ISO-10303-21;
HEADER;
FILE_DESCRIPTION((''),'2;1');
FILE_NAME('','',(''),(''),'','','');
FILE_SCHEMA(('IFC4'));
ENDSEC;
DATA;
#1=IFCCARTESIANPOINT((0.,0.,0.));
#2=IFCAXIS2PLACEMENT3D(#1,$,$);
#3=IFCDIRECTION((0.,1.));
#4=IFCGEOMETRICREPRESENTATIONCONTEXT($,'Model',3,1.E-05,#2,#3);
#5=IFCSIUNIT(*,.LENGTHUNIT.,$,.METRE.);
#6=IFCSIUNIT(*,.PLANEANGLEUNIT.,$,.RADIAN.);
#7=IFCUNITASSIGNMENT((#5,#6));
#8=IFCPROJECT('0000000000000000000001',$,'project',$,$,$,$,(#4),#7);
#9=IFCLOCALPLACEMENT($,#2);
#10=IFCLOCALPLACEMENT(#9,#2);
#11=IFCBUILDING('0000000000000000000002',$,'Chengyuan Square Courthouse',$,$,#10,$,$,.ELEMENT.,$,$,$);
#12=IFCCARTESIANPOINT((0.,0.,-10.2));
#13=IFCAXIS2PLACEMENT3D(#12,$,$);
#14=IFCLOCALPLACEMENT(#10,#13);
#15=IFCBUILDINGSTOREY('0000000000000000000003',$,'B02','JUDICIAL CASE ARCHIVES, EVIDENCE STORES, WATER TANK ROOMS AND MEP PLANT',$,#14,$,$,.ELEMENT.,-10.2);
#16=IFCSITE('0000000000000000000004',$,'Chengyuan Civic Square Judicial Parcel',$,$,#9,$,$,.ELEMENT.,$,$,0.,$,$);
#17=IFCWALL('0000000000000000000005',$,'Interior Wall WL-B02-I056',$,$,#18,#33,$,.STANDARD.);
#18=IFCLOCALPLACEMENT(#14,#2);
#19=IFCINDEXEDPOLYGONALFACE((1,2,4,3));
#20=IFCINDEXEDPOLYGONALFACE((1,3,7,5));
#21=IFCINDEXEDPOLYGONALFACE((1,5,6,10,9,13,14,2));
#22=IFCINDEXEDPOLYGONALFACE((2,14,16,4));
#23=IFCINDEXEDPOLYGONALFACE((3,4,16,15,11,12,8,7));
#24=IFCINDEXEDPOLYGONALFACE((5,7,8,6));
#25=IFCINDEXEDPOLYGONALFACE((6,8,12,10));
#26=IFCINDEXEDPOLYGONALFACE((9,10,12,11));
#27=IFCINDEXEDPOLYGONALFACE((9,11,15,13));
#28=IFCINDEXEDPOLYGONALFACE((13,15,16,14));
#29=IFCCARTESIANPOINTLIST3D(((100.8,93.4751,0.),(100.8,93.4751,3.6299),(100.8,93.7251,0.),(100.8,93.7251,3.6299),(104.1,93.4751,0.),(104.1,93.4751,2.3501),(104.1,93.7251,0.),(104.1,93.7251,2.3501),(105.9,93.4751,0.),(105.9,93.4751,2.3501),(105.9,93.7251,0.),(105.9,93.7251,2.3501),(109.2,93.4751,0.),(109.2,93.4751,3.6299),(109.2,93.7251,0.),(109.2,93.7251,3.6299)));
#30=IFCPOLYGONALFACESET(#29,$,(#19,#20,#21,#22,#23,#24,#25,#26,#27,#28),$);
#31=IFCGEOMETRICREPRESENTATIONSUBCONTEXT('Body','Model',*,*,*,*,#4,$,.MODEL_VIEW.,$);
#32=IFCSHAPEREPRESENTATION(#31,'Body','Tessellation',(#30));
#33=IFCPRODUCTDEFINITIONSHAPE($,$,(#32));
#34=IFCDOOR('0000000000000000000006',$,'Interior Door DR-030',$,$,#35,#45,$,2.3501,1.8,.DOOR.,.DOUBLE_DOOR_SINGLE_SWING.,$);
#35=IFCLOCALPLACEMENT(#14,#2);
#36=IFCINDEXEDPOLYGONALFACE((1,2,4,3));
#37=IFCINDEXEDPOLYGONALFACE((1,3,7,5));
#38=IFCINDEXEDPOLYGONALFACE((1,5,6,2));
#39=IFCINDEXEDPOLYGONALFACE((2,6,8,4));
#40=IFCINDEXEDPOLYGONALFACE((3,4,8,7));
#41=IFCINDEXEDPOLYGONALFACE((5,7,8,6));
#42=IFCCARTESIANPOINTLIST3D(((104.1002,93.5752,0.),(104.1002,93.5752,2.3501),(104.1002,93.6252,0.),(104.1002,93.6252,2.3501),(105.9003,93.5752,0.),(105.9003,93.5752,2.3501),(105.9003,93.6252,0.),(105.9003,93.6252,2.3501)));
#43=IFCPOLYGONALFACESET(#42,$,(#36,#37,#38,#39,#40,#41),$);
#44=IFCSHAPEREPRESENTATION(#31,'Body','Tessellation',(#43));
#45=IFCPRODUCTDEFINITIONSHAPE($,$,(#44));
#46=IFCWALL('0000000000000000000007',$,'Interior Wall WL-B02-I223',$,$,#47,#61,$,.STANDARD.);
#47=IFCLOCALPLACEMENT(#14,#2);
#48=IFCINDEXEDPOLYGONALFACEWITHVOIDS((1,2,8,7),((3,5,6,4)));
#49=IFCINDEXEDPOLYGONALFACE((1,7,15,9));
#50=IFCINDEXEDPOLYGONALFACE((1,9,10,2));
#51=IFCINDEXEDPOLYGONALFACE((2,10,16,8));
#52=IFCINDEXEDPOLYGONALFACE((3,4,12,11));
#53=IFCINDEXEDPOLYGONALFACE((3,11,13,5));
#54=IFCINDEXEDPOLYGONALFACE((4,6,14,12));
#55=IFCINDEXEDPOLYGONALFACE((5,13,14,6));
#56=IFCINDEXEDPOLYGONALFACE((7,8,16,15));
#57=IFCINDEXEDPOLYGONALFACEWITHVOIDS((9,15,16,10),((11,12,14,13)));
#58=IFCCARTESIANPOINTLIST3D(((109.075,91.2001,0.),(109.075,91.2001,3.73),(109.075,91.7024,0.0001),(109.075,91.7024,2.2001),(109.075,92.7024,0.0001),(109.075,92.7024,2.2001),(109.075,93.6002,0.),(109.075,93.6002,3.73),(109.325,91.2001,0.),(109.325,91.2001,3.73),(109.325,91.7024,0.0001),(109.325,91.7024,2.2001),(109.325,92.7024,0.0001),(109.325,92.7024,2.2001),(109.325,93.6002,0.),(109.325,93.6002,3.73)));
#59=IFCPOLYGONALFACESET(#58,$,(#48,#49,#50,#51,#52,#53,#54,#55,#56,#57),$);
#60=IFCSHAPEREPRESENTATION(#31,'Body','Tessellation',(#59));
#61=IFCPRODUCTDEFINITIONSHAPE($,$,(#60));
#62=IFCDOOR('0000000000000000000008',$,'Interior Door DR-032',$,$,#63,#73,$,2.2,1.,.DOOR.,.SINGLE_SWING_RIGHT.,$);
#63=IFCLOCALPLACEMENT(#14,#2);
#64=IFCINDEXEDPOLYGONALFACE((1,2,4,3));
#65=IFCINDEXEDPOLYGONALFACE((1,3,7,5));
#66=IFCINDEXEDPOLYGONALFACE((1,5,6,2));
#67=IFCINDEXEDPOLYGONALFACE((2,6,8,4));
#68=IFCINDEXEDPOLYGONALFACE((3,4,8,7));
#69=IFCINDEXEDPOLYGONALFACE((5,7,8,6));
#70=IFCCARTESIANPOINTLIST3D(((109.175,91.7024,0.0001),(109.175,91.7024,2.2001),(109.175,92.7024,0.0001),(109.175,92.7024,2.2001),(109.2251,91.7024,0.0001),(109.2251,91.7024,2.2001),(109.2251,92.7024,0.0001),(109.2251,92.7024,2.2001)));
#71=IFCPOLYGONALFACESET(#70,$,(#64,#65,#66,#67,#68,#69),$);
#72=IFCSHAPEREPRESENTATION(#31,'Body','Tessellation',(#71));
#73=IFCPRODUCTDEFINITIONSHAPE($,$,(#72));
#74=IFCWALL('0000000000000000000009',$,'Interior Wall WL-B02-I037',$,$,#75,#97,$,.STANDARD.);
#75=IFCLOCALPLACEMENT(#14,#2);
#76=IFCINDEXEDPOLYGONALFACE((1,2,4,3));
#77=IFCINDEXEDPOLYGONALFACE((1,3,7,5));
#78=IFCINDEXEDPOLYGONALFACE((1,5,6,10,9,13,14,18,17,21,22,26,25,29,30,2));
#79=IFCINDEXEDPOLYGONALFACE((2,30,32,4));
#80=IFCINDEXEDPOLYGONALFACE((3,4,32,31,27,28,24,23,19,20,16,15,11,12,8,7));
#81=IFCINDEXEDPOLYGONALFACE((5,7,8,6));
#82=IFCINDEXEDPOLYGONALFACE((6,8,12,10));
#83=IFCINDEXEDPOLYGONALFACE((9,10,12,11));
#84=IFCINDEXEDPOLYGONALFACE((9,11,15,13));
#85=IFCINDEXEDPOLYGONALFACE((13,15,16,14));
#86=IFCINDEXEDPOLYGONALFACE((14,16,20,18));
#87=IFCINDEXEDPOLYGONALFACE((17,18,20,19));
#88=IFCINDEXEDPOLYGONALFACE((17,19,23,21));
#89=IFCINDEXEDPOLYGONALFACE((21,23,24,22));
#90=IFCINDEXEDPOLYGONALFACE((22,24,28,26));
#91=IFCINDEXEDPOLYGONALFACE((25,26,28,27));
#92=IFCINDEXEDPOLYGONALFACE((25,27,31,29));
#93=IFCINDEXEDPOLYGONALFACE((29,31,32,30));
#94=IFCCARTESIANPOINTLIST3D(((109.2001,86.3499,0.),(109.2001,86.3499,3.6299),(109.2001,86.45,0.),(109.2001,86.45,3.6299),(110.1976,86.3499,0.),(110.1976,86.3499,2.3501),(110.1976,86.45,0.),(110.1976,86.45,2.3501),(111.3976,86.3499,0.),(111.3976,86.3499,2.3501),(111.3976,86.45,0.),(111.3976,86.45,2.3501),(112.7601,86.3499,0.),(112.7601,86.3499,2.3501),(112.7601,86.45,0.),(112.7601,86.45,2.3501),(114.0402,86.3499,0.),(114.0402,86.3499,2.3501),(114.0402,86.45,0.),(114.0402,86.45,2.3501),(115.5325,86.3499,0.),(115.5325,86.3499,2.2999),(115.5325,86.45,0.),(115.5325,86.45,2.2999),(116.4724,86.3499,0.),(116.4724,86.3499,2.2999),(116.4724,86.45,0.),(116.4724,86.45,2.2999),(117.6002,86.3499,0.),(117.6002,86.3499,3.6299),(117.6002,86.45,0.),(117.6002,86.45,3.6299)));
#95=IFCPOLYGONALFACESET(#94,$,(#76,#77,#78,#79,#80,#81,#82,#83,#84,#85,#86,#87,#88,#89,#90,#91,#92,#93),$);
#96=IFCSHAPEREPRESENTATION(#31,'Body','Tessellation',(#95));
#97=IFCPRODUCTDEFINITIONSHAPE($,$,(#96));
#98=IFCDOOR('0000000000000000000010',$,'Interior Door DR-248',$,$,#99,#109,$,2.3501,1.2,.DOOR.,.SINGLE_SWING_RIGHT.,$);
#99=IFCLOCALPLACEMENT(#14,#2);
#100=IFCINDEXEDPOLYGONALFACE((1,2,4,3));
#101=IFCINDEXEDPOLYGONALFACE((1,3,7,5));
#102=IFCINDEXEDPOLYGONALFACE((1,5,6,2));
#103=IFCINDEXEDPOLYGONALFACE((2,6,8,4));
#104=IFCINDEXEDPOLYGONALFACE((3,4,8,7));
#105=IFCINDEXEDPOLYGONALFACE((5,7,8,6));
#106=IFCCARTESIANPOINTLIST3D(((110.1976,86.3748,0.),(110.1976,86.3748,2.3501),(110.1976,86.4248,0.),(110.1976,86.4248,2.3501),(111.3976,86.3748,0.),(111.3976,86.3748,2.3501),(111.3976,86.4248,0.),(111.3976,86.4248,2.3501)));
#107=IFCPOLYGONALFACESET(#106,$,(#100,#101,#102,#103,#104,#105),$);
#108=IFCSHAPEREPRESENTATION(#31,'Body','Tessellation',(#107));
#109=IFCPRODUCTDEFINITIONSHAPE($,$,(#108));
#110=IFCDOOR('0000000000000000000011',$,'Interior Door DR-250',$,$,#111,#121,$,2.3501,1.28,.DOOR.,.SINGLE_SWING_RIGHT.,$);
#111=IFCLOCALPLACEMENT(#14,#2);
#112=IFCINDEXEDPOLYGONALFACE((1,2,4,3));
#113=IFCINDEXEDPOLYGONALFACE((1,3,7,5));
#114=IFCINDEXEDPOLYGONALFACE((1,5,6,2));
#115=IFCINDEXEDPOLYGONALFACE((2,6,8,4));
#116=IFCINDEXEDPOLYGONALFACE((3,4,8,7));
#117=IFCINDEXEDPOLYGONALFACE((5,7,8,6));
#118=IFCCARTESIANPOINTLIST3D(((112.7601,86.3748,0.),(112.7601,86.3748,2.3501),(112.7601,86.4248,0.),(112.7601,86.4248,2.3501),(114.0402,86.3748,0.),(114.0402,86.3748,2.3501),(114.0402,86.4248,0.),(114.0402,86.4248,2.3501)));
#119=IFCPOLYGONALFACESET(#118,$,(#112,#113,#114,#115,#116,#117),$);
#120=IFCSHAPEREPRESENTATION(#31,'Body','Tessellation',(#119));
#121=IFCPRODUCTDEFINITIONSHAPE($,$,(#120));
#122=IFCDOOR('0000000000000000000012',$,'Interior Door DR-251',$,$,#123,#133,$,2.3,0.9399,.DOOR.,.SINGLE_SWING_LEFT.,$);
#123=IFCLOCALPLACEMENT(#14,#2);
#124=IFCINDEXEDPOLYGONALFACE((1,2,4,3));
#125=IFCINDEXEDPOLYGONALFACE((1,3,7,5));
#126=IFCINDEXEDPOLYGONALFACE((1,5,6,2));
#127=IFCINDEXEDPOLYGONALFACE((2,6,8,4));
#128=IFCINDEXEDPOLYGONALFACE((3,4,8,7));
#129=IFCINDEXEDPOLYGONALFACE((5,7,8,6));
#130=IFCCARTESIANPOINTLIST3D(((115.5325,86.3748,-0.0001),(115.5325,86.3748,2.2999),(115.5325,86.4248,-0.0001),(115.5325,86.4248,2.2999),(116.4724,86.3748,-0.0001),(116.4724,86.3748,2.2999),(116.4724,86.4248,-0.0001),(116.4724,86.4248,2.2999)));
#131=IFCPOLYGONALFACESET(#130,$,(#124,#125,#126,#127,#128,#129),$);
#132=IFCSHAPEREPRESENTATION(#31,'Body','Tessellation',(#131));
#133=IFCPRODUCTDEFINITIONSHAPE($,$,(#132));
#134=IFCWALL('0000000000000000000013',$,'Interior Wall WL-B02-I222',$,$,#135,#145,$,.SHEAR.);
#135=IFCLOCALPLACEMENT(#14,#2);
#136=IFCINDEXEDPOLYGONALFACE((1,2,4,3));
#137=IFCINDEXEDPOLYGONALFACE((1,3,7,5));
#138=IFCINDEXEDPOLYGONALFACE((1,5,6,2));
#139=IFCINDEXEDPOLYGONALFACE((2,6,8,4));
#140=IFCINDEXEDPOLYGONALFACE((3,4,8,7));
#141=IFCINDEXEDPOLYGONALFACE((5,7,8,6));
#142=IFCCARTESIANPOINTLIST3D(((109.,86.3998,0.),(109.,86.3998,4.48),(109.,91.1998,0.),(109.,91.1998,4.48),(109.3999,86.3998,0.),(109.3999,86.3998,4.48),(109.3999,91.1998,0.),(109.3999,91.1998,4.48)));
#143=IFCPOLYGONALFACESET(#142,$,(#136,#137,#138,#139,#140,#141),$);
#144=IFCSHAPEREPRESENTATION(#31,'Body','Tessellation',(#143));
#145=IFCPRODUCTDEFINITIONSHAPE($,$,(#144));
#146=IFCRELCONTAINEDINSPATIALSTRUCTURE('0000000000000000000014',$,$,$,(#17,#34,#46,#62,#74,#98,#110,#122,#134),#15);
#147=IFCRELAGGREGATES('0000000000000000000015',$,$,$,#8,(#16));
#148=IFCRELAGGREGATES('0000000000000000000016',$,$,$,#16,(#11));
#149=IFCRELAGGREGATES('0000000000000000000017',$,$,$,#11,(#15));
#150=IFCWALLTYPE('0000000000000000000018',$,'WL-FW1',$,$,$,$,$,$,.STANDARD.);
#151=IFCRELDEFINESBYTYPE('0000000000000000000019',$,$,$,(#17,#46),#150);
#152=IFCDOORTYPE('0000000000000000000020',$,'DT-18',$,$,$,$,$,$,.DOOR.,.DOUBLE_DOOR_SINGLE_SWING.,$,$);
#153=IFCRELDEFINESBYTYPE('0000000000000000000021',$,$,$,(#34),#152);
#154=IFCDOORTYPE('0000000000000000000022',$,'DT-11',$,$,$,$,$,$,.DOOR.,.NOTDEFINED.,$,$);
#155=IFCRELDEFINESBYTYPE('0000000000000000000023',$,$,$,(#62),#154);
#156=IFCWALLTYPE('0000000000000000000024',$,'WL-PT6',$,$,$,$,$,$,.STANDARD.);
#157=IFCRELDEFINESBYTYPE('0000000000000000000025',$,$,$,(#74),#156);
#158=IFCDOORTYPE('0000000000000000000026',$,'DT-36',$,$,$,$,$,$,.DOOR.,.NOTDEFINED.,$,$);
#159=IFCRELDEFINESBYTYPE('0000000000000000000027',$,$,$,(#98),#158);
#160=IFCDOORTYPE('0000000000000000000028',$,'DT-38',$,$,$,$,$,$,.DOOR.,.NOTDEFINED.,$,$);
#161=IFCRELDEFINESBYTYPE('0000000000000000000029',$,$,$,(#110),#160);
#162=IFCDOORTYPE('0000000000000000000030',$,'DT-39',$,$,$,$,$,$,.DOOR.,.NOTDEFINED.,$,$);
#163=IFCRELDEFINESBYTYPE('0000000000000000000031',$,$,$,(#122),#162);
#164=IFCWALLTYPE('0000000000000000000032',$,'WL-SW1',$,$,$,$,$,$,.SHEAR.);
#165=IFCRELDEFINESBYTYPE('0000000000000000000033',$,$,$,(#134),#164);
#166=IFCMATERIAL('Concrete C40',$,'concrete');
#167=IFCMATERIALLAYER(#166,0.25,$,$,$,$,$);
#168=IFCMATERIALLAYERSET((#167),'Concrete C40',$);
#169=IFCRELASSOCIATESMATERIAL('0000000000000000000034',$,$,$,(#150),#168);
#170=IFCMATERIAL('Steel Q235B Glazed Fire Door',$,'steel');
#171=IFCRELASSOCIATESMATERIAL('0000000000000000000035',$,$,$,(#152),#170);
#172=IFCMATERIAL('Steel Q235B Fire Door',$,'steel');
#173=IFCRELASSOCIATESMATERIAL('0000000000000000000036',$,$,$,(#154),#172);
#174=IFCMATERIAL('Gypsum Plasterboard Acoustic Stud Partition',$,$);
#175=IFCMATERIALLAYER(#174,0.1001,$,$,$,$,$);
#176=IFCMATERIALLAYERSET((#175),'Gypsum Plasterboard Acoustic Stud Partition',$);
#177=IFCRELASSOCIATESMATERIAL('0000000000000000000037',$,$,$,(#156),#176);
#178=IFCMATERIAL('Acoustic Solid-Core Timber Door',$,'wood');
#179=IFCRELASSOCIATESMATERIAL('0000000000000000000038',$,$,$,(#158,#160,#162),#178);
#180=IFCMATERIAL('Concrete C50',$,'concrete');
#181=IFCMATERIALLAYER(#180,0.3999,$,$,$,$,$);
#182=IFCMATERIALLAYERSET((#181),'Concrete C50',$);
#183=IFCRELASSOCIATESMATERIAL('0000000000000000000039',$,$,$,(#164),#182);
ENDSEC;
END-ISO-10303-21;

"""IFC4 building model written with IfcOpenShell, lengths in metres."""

from ifc_helpers import new_model, si_unit, direction, frame, frame_2d, origin, place, context, subcontext, project, spatial, rectangle, extrude, material, layer, layer_set, type_object, element, fill, save


model = new_model("IFC4")

# Units and contexts
model_context = context("Model", 3, precision=1e-05, world=origin(), true_north=direction((0.0, 1.0)))
body_context = subcontext(model_context, "Body", "Model", "MODEL_VIEW")
ifc_project = project(units=[si_unit("LENGTHUNIT", "METRE"), si_unit("PLANEANGLEUNIT", "RADIAN")], contexts=[model_context])

# Site, building, storey
site_placement = place(None, origin())
site = spatial("IfcSite", under=ifc_project, at=site_placement, Name="Chengyuan Civic Square Judicial Parcel", CompositionType="ELEMENT", RefElevation=0.0)
building_placement = place(site_placement, origin())
building = spatial("IfcBuilding", under=site, at=building_placement, Name="Chengyuan Square Courthouse", CompositionType="ELEMENT")
storey_placement = place(building_placement, frame((0.0, 0.0, -10.2)))
storey = spatial("IfcBuildingStorey", under=building, at=storey_placement, Name="B02", Description="JUDICIAL CASE ARCHIVES, EVIDENCE STORES, WATER TANK ROOMS AND MEP PLANT", CompositionType="ELEMENT", Elevation=-10.2)

# Shared definitions
ifc_material_1 = material(Name="Concrete C40", Category="concrete")

# Shared definitions
ifc_material_2 = material(Name="Concrete C50", Category="concrete")

# Walls, openings, doors
ifc_layer_1 = layer(ifc_material_1, 0.25)
ifc_layer_set_1 = layer_set([ifc_layer_1], Name="Concrete C40")
wall_type_1 = type_object("IfcWallType", Name="WL-FW1", PredefinedType="STANDARD", material=ifc_layer_set_1)
wall_1_placement = place(storey_placement, frame((100.8, 93.6001, 0.0), z_axis=(0.0, 0.0, 1.0), x_axis=(1.0, 0.0, 0.0)))
wall_1 = element("IfcWall", 1, at=wall_1_placement, inside=storey, type_object=wall_type_1, Name="Interior Wall WL-B02-I056", PredefinedType="STANDARD", context=body_context, shape_type="SweptSolid", body=[
    extrude(rectangle(XDim=8.3999, YDim=0.25, at=frame_2d((4.2, 0.0))), origin(), (0.0, 0.0, 1.0), 3.6299),
])
opening_1_placement = place(wall_1_placement, frame((3.3, 0.0, 0.0)))
opening_1 = element("IfcOpeningElement", 2, at=opening_1_placement, cuts=wall_1, PredefinedType="OPENING", context=body_context, shape_type="SweptSolid", body=[
    extrude(rectangle(XDim=1.8, YDim=2.3501, at=frame_2d((0.8999, 1.175))), frame((0.0, 0.137, 0.0), z_axis=(0.0, -1.0, 0.0), x_axis=(1.0, 0.0, 0.0)), (0.0, 0.0, 1.0), 0.2739),
])
ifc_material_3 = material(Name="Steel Q235B Glazed Fire Door", Category="steel")
door_type_1 = type_object("IfcDoorType", Name="DT-18", OperationType="DOUBLE_DOOR_SINGLE_SWING", PredefinedType="DOOR", material=ifc_material_3)
door_1_placement = place(opening_1_placement, frame((1.8, 0.0, 0.0), z_axis=(0.0, 0.0, 1.0), x_axis=(-1.0, 0.0, 0.0)))
door_1 = element("IfcDoor", 3, at=door_1_placement, inside=storey, type_object=door_type_1, Name="Interior Door DR-030", OperationType="DOUBLE_DOOR_SINGLE_SWING", OverallHeight=2.3501, OverallWidth=1.8, PredefinedType="DOOR", context=body_context, shape_type="SweptSolid", body=[
    extrude(rectangle(XDim=1.8, YDim=2.3501, at=frame_2d((0.8999, 1.175))), frame((0.0, 0.0249, 0.0), z_axis=(0.0, -1.0, 0.0), x_axis=(1.0, 0.0, 0.0)), (0.0, 0.0, 1.0), 0.05),
])
fill(opening_1, door_1)
wall_2_placement = place(storey_placement, frame((109.2, 91.2, 0.0), z_axis=(0.0, 0.0, 1.0), x_axis=(0.0, 1.0, 0.0)))
wall_2 = element("IfcWall", 4, at=wall_2_placement, inside=storey, type_object=wall_type_1, Name="Interior Wall WL-B02-I223", PredefinedType="STANDARD", context=body_context, shape_type="SweptSolid", body=[
    extrude(rectangle(XDim=2.4001, YDim=0.25, at=frame_2d((1.2002, 0.0))), origin(), (0.0, 0.0, 1.0), 3.73),
])
opening_2_placement = place(wall_2_placement, frame((0.5024, 0.0, 0.0)))
opening_2 = element("IfcOpeningElement", 5, at=opening_2_placement, cuts=wall_2, PredefinedType="OPENING", context=body_context, shape_type="SweptSolid", body=[
    extrude(rectangle(XDim=1.0, YDim=2.2, at=frame_2d((0.5, 1.1001))), frame((0.0, 0.137, 0.0), z_axis=(0.0, -1.0, 0.0), x_axis=(1.0, 0.0, 0.0)), (0.0, 0.0, 1.0), 0.2739),
])
ifc_material_4 = material(Name="Steel Q235B Fire Door", Category="steel")
door_type_2 = type_object("IfcDoorType", Name="DT-11", OperationType="NOTDEFINED", PredefinedType="DOOR", material=ifc_material_4)
door_2_placement = place(opening_2_placement, origin())
door_2 = element("IfcDoor", 6, at=door_2_placement, inside=storey, type_object=door_type_2, Name="Interior Door DR-032", OperationType="SINGLE_SWING_RIGHT", OverallHeight=2.2, OverallWidth=1.0, PredefinedType="DOOR", context=body_context, shape_type="SweptSolid", body=[
    extrude(rectangle(XDim=1.0, YDim=2.2, at=frame_2d((0.5, 1.1001))), frame((0.0, 0.0249, 0.0), z_axis=(0.0, -1.0, 0.0), x_axis=(1.0, 0.0, 0.0)), (0.0, 0.0, 1.0), 0.05),
])
fill(opening_2, door_2)

# Wall, openings, doors
ifc_material_5 = material(Name="Gypsum Plasterboard Acoustic Stud Partition")
ifc_layer_2 = layer(ifc_material_5, 0.1001)
ifc_layer_set_2 = layer_set([ifc_layer_2], Name="Gypsum Plasterboard Acoustic Stud Partition")
wall_type_2 = type_object("IfcWallType", Name="WL-PT6", PredefinedType="STANDARD", material=ifc_layer_set_2)
wall_3_placement = place(storey_placement, frame((109.2, 86.3999, 0.0), z_axis=(0.0, 0.0, 1.0), x_axis=(1.0, 0.0, 0.0)))
wall_3 = element("IfcWall", 7, at=wall_3_placement, inside=storey, type_object=wall_type_2, Name="Interior Wall WL-B02-I037", PredefinedType="STANDARD", context=body_context, shape_type="SweptSolid", body=[
    extrude(rectangle(XDim=8.4001, YDim=0.1001, at=frame_2d((4.2002, 0.0))), origin(), (0.0, 0.0, 1.0), 3.6299),
])
opening_3_placement = place(wall_3_placement, frame((0.9976, 0.0, 0.0)))
opening_3 = element("IfcOpeningElement", 8, at=opening_3_placement, cuts=wall_3, PredefinedType="OPENING", context=body_context, shape_type="SweptSolid", body=[
    extrude(rectangle(XDim=1.2, YDim=2.3501, at=frame_2d((0.6001, 1.175))), frame((0.0, 0.062, 0.0), z_axis=(0.0, -1.0, 0.0), x_axis=(1.0, 0.0, 0.0)), (0.0, 0.0, 1.0), 0.124),
])
opening_4_placement = place(wall_3_placement, frame((3.5601, 0.0, 0.0)))
opening_4 = element("IfcOpeningElement", 9, at=opening_4_placement, cuts=wall_3, PredefinedType="OPENING", context=body_context, shape_type="SweptSolid", body=[
    extrude(rectangle(XDim=1.28, YDim=2.3501, at=frame_2d((0.6401, 1.175))), frame((0.0, 0.062, 0.0), z_axis=(0.0, -1.0, 0.0), x_axis=(1.0, 0.0, 0.0)), (0.0, 0.0, 1.0), 0.124),
])
opening_5_placement = place(wall_3_placement, frame((6.3325, 0.0, 0.0)))
opening_5 = element("IfcOpeningElement", 10, at=opening_5_placement, cuts=wall_3, PredefinedType="OPENING", context=body_context, shape_type="SweptSolid", body=[
    extrude(rectangle(XDim=0.9399, YDim=2.3, at=frame_2d((0.47, 1.1499))), frame((0.0, 0.062, 0.0), z_axis=(0.0, -1.0, 0.0), x_axis=(1.0, 0.0, 0.0)), (0.0, 0.0, 1.0), 0.124),
])
ifc_material_6 = material(Name="Acoustic Solid-Core Timber Door", Category="wood")
door_type_3 = type_object("IfcDoorType", Name="DT-36", OperationType="NOTDEFINED", PredefinedType="DOOR", material=ifc_material_6)
door_3_placement = place(opening_3_placement, origin())
door_3 = element("IfcDoor", 11, at=door_3_placement, inside=storey, type_object=door_type_3, Name="Interior Door DR-248", OperationType="SINGLE_SWING_RIGHT", OverallHeight=2.3501, OverallWidth=1.2, PredefinedType="DOOR", context=body_context, shape_type="SweptSolid", body=[
    extrude(rectangle(XDim=1.2, YDim=2.3501, at=frame_2d((0.6001, 1.175))), frame((0.0, 0.0249, 0.0), z_axis=(0.0, -1.0, 0.0), x_axis=(1.0, 0.0, 0.0)), (0.0, 0.0, 1.0), 0.05),
])
fill(opening_3, door_3)
door_type_4 = type_object("IfcDoorType", Name="DT-38", OperationType="NOTDEFINED", PredefinedType="DOOR", material=ifc_material_6)
door_4_placement = place(opening_4_placement, origin())
door_4 = element("IfcDoor", 12, at=door_4_placement, inside=storey, type_object=door_type_4, Name="Interior Door DR-250", OperationType="SINGLE_SWING_RIGHT", OverallHeight=2.3501, OverallWidth=1.28, PredefinedType="DOOR", context=body_context, shape_type="SweptSolid", body=[
    extrude(rectangle(XDim=1.28, YDim=2.3501, at=frame_2d((0.6401, 1.175))), frame((0.0, 0.0249, 0.0), z_axis=(0.0, -1.0, 0.0), x_axis=(1.0, 0.0, 0.0)), (0.0, 0.0, 1.0), 0.05),
])
fill(opening_4, door_4)
door_type_5 = type_object("IfcDoorType", Name="DT-39", OperationType="NOTDEFINED", PredefinedType="DOOR", material=ifc_material_6)
door_5_placement = place(opening_5_placement, origin())
door_5 = element("IfcDoor", 13, at=door_5_placement, inside=storey, type_object=door_type_5, Name="Interior Door DR-251", OperationType="SINGLE_SWING_LEFT", OverallHeight=2.3, OverallWidth=0.9399, PredefinedType="DOOR", context=body_context, shape_type="SweptSolid", body=[
    extrude(rectangle(XDim=0.9399, YDim=2.3, at=frame_2d((0.47, 1.1499))), frame((0.0, 0.0249, 0.0), z_axis=(0.0, -1.0, 0.0), x_axis=(1.0, 0.0, 0.0)), (0.0, 0.0, 1.0), 0.05),
])
fill(opening_5, door_5)

# Wall
ifc_layer_3 = layer(ifc_material_2, 0.3999)
ifc_layer_set_3 = layer_set([ifc_layer_3], Name="Concrete C50")
wall_type_3 = type_object("IfcWallType", Name="WL-SW1", PredefinedType="SHEAR", material=ifc_layer_set_3)
wall_4_placement = place(storey_placement, frame((109.2, 86.3999, 0.0), z_axis=(0.0, 0.0, 1.0), x_axis=(0.0, 1.0, 0.0)))
element("IfcWall", 14, at=wall_4_placement, inside=storey, type_object=wall_type_3, Name="Interior Wall WL-B02-I222", PredefinedType="SHEAR", context=body_context, shape_type="SweptSolid", body=[
    extrude(rectangle(XDim=4.8, YDim=0.3999, at=frame_2d((2.3999, 0.0))), origin(), (0.0, 0.0, 1.0), 4.48),
])

save(model, "model.ifc")
